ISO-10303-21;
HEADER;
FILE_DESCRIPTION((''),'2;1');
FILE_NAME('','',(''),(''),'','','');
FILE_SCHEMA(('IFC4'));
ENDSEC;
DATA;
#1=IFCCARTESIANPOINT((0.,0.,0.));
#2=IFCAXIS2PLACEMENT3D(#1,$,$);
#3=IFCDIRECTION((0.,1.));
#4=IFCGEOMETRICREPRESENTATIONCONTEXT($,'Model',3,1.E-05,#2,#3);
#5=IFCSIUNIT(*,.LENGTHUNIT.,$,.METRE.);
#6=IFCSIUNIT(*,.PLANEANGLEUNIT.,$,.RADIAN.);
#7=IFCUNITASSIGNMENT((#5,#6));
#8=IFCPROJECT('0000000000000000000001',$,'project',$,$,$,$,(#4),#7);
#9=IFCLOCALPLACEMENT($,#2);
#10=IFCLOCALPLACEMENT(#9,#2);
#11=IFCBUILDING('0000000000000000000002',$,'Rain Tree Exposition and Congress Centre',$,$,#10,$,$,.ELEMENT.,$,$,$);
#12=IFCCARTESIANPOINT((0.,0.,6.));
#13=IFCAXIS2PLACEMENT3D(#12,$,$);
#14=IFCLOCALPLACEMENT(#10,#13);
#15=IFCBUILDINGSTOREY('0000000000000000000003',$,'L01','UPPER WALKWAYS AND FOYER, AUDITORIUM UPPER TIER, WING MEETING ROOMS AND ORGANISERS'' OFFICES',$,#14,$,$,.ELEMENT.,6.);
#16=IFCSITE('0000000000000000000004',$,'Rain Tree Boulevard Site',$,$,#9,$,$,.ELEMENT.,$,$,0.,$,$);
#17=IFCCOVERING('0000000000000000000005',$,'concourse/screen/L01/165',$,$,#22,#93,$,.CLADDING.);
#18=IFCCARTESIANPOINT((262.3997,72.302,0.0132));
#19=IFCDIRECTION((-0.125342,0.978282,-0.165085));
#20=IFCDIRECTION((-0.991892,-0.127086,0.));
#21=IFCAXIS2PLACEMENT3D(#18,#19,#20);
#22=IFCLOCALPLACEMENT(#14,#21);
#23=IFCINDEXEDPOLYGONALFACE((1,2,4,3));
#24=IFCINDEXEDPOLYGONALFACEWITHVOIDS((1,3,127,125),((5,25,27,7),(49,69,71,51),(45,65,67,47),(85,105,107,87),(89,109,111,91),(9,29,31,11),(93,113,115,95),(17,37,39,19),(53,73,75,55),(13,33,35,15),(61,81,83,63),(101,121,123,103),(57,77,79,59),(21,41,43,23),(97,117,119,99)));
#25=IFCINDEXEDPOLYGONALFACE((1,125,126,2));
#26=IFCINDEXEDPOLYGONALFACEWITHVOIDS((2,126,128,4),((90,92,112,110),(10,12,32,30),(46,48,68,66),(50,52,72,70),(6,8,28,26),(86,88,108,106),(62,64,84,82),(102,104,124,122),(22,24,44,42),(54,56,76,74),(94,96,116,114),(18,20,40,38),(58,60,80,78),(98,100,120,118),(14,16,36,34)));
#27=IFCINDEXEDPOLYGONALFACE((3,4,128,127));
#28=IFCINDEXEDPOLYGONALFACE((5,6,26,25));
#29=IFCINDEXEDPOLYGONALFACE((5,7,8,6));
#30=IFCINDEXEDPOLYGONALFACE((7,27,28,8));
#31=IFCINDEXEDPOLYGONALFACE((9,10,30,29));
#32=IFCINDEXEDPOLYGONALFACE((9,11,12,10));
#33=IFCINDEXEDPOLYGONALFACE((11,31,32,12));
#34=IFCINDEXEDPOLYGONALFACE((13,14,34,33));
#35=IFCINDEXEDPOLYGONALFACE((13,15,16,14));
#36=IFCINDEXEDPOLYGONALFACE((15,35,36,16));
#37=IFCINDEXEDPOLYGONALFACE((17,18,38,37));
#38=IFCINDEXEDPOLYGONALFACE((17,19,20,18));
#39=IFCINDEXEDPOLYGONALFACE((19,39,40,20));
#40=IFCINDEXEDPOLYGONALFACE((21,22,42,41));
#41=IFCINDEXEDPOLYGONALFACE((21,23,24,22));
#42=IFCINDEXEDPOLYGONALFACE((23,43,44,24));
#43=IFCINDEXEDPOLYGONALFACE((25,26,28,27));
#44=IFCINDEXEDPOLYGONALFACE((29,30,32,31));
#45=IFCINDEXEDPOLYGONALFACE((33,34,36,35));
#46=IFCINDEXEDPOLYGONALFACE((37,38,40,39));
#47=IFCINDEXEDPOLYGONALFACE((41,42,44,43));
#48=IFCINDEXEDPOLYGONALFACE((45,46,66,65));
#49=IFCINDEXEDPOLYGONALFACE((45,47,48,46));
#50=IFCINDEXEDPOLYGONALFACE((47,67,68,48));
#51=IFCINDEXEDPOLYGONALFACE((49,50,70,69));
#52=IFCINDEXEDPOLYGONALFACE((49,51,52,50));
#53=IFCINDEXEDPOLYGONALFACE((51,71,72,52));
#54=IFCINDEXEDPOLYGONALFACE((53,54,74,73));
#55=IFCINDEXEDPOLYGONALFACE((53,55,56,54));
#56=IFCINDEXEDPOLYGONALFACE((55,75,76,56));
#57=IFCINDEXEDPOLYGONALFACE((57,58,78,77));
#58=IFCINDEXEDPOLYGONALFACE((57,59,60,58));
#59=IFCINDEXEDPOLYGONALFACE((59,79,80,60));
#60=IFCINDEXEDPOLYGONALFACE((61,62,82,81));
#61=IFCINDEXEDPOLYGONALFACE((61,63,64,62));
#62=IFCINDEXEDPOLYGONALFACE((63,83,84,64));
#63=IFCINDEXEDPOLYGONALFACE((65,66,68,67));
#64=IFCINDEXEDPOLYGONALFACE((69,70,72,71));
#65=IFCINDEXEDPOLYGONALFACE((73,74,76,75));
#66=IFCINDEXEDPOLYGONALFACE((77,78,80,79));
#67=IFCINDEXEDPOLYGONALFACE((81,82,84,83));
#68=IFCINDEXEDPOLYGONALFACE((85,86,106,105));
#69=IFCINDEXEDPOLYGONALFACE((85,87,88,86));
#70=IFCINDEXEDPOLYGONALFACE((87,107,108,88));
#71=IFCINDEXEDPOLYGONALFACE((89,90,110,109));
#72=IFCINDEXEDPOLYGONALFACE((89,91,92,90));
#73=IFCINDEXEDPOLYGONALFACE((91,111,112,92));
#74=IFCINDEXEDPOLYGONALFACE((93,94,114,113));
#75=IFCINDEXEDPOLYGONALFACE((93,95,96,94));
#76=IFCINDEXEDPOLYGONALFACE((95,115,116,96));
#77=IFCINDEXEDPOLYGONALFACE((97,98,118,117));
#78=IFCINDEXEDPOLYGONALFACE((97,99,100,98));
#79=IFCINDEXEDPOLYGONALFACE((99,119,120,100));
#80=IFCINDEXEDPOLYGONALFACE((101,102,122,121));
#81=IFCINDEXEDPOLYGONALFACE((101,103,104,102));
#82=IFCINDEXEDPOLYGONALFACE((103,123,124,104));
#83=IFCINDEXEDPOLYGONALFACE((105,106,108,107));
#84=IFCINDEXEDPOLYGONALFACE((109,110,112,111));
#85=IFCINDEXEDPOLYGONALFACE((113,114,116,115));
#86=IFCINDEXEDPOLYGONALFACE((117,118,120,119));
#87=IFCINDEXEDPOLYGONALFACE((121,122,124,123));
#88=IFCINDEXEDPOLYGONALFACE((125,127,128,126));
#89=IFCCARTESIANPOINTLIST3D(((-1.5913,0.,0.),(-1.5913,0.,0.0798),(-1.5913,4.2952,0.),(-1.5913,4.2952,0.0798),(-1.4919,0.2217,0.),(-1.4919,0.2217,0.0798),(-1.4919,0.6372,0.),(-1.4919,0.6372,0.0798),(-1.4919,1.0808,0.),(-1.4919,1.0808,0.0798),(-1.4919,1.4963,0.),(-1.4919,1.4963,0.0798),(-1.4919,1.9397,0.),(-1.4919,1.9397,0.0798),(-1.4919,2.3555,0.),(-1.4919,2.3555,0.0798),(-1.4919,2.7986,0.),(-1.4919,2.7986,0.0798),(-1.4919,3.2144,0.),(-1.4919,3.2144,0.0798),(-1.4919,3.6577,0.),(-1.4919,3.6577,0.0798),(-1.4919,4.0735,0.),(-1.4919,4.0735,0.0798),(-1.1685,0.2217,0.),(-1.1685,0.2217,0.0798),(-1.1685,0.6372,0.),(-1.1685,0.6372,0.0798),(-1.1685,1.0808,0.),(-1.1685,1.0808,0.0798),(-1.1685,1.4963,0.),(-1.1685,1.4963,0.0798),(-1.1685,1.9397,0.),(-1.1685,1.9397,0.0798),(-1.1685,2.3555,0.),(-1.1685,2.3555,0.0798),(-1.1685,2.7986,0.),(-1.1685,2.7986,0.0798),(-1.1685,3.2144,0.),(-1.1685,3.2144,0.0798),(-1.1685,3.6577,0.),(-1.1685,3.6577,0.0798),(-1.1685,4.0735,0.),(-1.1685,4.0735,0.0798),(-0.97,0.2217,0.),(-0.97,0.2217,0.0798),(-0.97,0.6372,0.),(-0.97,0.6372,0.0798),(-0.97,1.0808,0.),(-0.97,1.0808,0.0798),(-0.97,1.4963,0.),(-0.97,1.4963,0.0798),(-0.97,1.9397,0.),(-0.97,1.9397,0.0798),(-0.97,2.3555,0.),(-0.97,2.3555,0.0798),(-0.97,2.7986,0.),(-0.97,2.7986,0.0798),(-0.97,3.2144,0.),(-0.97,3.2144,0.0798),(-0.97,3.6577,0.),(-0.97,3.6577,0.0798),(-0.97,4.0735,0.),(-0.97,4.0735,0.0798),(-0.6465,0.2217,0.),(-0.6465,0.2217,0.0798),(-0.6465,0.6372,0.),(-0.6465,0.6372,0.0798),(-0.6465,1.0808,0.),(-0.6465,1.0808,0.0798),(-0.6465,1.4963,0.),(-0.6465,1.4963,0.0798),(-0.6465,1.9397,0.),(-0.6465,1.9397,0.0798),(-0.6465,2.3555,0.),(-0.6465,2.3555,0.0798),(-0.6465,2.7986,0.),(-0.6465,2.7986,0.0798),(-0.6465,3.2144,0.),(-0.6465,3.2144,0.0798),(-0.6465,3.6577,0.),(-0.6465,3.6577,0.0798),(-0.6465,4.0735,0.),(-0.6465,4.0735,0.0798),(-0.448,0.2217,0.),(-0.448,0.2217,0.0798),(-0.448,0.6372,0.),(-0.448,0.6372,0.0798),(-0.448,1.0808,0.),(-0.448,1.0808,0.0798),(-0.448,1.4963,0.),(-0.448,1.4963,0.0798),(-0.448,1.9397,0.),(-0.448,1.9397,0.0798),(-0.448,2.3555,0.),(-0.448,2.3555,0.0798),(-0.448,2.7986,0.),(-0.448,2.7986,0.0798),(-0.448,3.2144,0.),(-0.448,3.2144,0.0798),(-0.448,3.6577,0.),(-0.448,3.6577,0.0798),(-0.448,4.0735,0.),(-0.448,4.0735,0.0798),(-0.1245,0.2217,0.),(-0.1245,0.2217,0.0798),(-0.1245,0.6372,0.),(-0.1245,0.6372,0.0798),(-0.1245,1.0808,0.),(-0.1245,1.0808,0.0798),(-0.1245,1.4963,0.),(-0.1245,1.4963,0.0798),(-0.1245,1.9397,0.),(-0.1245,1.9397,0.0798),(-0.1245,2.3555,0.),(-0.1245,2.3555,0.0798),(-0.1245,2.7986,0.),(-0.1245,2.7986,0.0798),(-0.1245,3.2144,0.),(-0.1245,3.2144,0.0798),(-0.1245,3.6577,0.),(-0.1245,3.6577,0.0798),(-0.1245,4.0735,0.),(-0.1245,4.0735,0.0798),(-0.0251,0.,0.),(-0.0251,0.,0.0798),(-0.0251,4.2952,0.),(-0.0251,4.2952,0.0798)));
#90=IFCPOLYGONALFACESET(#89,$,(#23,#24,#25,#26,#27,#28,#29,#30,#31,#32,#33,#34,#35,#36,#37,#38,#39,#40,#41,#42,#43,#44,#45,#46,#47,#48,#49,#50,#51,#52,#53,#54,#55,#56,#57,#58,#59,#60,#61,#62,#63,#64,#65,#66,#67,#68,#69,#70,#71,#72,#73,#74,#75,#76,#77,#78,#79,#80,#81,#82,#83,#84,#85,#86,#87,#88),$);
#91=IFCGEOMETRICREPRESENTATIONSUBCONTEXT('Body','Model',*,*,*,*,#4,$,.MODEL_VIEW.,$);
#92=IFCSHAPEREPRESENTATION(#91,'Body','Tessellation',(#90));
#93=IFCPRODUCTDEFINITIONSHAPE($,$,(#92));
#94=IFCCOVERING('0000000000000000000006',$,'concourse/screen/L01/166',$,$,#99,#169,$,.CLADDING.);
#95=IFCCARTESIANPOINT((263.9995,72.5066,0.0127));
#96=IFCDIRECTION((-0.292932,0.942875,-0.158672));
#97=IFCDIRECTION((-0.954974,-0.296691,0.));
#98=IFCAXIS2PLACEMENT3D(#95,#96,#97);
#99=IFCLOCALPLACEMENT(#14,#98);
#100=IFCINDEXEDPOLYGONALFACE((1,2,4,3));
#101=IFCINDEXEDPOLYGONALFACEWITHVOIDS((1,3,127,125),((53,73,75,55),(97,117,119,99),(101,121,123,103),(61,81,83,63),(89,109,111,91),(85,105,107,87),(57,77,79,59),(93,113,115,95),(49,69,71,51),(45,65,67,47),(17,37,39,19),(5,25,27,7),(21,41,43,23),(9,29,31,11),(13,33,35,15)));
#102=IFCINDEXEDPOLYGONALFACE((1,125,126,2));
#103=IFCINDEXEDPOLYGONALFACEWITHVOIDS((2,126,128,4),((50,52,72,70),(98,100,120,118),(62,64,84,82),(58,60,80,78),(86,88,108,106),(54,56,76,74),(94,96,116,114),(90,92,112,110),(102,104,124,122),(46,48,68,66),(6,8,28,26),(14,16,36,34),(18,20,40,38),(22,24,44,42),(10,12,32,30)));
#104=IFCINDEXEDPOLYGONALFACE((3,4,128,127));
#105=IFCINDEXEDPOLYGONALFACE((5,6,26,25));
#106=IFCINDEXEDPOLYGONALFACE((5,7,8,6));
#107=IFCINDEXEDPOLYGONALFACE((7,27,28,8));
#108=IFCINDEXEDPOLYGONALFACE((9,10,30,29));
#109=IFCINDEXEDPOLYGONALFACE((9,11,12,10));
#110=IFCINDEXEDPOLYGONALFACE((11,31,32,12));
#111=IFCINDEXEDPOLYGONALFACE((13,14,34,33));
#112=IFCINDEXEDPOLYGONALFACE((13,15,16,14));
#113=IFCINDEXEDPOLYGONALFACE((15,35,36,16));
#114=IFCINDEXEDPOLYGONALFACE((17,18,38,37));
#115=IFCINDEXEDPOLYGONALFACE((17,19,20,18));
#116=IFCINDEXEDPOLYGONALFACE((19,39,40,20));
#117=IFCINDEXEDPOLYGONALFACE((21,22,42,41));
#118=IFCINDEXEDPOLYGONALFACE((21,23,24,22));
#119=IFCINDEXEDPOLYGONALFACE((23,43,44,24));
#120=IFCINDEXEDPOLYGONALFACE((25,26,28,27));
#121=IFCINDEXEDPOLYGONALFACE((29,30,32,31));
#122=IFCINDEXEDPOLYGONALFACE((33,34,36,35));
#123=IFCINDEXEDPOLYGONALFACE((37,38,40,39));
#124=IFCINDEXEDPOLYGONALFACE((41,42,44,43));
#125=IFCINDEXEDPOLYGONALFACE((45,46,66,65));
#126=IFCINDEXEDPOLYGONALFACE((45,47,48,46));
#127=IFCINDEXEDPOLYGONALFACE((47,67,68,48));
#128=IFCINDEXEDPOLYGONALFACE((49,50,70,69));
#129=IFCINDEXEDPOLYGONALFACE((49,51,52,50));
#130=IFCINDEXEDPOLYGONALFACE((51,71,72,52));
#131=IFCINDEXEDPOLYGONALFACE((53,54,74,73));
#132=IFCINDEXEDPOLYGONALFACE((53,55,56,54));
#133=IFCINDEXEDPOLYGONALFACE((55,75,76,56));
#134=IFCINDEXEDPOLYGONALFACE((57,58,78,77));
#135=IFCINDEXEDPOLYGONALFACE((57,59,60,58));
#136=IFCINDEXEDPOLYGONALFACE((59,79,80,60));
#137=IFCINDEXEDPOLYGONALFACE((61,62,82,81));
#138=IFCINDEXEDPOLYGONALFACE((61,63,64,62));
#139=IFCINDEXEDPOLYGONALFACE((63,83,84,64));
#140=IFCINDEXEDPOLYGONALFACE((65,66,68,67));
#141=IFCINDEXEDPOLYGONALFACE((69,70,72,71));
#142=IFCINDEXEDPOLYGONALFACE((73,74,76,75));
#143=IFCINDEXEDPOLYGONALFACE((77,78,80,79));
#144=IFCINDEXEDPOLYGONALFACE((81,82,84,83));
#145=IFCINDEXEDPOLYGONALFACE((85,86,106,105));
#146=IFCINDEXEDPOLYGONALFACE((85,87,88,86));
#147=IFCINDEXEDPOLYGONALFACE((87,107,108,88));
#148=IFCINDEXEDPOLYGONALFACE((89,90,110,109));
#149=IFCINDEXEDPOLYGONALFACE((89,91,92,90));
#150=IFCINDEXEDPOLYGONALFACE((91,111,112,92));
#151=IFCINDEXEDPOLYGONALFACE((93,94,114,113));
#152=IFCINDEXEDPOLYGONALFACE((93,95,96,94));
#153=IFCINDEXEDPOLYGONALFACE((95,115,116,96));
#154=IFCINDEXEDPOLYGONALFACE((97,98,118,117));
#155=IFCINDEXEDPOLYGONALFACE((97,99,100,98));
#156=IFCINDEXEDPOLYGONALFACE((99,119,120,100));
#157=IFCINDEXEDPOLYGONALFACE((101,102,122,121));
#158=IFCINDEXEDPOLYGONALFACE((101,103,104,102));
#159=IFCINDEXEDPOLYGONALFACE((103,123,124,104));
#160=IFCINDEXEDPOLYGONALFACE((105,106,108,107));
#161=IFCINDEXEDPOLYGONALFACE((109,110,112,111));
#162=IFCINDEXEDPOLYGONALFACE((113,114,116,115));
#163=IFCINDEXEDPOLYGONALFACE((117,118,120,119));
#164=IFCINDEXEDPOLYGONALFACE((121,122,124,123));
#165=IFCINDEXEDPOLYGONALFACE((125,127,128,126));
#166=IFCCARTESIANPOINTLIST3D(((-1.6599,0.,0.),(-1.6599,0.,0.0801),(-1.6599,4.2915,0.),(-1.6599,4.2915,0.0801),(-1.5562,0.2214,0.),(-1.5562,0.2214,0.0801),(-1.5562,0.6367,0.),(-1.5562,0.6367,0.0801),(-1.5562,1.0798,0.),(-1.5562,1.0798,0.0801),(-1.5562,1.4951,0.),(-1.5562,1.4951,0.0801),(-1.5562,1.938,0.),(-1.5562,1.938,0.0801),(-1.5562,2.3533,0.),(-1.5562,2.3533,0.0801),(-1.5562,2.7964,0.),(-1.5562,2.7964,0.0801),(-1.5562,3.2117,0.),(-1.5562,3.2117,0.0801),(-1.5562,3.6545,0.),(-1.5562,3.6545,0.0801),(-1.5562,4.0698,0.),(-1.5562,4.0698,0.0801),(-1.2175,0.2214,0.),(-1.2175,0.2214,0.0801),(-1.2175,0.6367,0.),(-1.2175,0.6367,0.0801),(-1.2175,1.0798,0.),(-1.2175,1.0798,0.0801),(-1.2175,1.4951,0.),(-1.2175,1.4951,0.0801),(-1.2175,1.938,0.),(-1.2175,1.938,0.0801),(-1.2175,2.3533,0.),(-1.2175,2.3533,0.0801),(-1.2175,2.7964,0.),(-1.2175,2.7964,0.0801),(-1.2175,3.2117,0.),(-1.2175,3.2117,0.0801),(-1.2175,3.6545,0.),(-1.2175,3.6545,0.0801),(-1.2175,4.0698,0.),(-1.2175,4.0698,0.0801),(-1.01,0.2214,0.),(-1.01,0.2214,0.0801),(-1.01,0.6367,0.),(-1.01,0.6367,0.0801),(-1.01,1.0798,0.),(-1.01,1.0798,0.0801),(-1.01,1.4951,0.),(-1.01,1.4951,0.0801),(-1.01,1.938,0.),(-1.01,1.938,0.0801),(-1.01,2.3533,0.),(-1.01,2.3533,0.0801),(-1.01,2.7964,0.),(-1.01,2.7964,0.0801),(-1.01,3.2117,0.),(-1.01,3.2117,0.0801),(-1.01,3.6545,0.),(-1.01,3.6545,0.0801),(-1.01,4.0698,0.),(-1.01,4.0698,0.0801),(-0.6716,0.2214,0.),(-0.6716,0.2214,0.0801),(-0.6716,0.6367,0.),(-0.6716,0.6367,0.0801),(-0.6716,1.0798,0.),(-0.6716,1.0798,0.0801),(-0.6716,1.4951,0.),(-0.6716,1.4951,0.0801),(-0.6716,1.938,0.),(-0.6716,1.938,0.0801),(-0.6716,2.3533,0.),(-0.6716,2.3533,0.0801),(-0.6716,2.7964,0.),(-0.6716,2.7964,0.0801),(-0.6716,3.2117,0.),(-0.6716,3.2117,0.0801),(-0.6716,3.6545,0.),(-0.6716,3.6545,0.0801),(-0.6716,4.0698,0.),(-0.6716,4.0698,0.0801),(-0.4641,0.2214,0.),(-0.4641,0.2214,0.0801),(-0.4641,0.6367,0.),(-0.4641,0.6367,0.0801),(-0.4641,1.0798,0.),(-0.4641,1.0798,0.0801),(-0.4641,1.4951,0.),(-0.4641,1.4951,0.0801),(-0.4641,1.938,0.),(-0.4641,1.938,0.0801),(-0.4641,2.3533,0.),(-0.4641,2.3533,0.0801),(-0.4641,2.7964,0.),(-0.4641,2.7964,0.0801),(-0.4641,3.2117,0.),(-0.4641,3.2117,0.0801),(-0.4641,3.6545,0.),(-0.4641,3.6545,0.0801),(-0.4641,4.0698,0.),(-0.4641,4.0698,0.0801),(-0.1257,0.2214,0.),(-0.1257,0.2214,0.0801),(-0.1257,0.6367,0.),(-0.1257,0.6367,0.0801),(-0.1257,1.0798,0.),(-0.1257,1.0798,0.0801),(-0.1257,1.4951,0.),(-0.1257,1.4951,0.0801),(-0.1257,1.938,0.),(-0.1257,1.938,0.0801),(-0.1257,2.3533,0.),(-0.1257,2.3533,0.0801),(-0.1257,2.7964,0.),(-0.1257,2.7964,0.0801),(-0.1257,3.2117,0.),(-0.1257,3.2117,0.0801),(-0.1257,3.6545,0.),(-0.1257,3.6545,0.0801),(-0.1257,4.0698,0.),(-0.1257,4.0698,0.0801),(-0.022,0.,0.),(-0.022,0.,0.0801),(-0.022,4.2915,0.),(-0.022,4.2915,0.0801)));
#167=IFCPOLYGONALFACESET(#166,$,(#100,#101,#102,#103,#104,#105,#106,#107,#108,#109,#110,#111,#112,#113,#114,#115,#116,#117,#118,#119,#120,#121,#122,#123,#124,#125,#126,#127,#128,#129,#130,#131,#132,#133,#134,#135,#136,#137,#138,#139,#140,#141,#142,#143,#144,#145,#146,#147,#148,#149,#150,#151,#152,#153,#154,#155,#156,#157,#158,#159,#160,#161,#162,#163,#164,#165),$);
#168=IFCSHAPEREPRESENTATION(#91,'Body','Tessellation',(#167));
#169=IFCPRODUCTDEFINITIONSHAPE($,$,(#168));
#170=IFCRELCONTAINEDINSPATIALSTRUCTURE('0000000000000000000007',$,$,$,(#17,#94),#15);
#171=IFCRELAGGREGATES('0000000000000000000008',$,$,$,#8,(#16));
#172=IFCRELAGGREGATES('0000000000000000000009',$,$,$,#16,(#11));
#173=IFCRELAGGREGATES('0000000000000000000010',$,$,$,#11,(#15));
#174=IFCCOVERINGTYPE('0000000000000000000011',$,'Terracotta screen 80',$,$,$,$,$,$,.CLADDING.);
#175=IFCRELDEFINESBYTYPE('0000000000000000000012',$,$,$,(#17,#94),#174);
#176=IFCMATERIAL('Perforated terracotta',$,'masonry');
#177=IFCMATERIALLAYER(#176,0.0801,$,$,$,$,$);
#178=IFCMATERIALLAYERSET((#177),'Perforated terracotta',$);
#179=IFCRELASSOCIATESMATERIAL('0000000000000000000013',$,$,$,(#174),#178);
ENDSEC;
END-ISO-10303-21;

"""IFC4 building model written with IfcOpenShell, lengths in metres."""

from ifc_helpers import new_model, si_unit, direction, frame, origin, place, context, subcontext, project, spatial, polyline, outline, extrude, material, layer, layer_set, type_object, element, save


model = new_model("IFC4")

# Units and contexts
model_context = context("Model", 3, precision=1e-05, world=origin(), true_north=direction((0.0, 1.0)))
body_context = subcontext(model_context, "Body", "Model", "MODEL_VIEW")
ifc_project = project(units=[si_unit("LENGTHUNIT", "METRE"), si_unit("PLANEANGLEUNIT", "RADIAN")], contexts=[model_context])

# Site, building, storey
site_placement = place(None, origin())
site = spatial("IfcSite", under=ifc_project, at=site_placement, Name="Rain Tree Boulevard Site", CompositionType="ELEMENT", RefElevation=0.0)
building_placement = place(site_placement, origin())
building = spatial("IfcBuilding", under=site, at=building_placement, Name="Rain Tree Exposition and Congress Centre", CompositionType="ELEMENT")
storey_placement = place(building_placement, frame((0.0, 0.0, 6.0)))
storey = spatial("IfcBuildingStorey", under=building, at=storey_placement, Name="L01", Description="UPPER WALKWAYS AND FOYER, AUDITORIUM UPPER TIER, WING MEETING ROOMS AND ORGANISERS' OFFICES", CompositionType="ELEMENT", Elevation=6.0)

# Coverings
ifc_material_1 = material(Name="Perforated terracotta", Category="masonry")
ifc_layer = layer(ifc_material_1, 0.0801)
ifc_layer_set = layer_set([ifc_layer], Name="Perforated terracotta")
covering_type = type_object("IfcCoveringType", Name="Terracotta screen 80", PredefinedType="CLADDING", material=ifc_layer_set)
covering_1_placement = place(storey_placement, frame((262.3997, 72.302, 0.0132), z_axis=(-0.125342, 0.978282, -0.165085), x_axis=(-0.991892, -0.127086, 0.0)))
element("IfcCovering", 1, at=covering_1_placement, inside=storey, type_object=covering_type, Name="concourse/screen/L01/165", PredefinedType="CLADDING", context=body_context, shape_type="SweptSolid", body=[
    extrude(outline(polyline([(-1.5913, 0.0), (-1.5913, 4.2952), (-0.0251, 4.2952), (-0.0251, 0.0), (-1.5913, 0.0)]), holes=[polyline([(-0.1245, 0.2217), (-0.1245, 0.6372), (-0.448, 0.6372), (-0.448, 0.2217), (-0.1245, 0.2217)]), polyline([(-0.1245, 1.0808), (-0.1245, 1.4963), (-0.448, 1.4963), (-0.448, 1.0808), (-0.1245, 1.0808)]), polyline([(-0.1245, 1.9397), (-0.1245, 2.3555), (-0.448, 2.3555), (-0.448, 1.9397), (-0.1245, 1.9397)]), polyline([(-0.1245, 2.7986), (-0.1245, 3.2144), (-0.448, 3.2144), (-0.448, 2.7986), (-0.1245, 2.7986)]), polyline([(-0.1245, 3.6577), (-0.1245, 4.0735), (-0.448, 4.0735), (-0.448, 3.6577), (-0.1245, 3.6577)]), polyline([(-0.6465, 0.2217), (-0.6465, 0.6372), (-0.97, 0.6372), (-0.97, 0.2217), (-0.6465, 0.2217)]), polyline([(-0.6465, 1.0808), (-0.6465, 1.4963), (-0.97, 1.4963), (-0.97, 1.0808), (-0.6465, 1.0808)]), polyline([(-0.6465, 1.9397), (-0.6465, 2.3555), (-0.97, 2.3555), (-0.97, 1.9397), (-0.6465, 1.9397)]), polyline([(-0.6465, 2.7986), (-0.6465, 3.2144), (-0.97, 3.2144), (-0.97, 2.7986), (-0.6465, 2.7986)]), polyline([(-0.6465, 3.6577), (-0.6465, 4.0735), (-0.97, 4.0735), (-0.97, 3.6577), (-0.6465, 3.6577)]), polyline([(-1.1685, 0.2217), (-1.1685, 0.6372), (-1.4919, 0.6372), (-1.4919, 0.2217), (-1.1685, 0.2217)]), polyline([(-1.1685, 1.0808), (-1.1685, 1.4963), (-1.4919, 1.4963), (-1.4919, 1.0808), (-1.1685, 1.0808)]), polyline([(-1.1685, 1.9397), (-1.1685, 2.3555), (-1.4919, 2.3555), (-1.4919, 1.9397), (-1.1685, 1.9397)]), polyline([(-1.1685, 2.7986), (-1.1685, 3.2144), (-1.4919, 3.2144), (-1.4919, 2.7986), (-1.1685, 2.7986)]), polyline([(-1.1685, 3.6577), (-1.1685, 4.0735), (-1.4919, 4.0735), (-1.4919, 3.6577), (-1.1685, 3.6577)])]), origin(), (0.0, 0.0, 1.0), 0.0798),
])
covering_2_placement = place(storey_placement, frame((263.9995, 72.5066, 0.0127), z_axis=(-0.292932, 0.942875, -0.158672), x_axis=(-0.954974, -0.296691, 0.0)))
element("IfcCovering", 2, at=covering_2_placement, inside=storey, type_object=covering_type, Name="concourse/screen/L01/166", PredefinedType="CLADDING", context=body_context, shape_type="SweptSolid", body=[
    extrude(outline(polyline([(-1.6599, 0.0), (-1.6599, 4.2915), (-0.022, 4.2915), (-0.022, 0.0), (-1.6599, 0.0)]), holes=[polyline([(-0.1257, 0.2214), (-0.1257, 0.6367), (-0.4641, 0.6367), (-0.4641, 0.2214), (-0.1257, 0.2214)]), polyline([(-0.1257, 1.0798), (-0.1257, 1.4951), (-0.4641, 1.4951), (-0.4641, 1.0798), (-0.1257, 1.0798)]), polyline([(-0.1257, 1.938), (-0.1257, 2.3533), (-0.4641, 2.3533), (-0.4641, 1.938), (-0.1257, 1.938)]), polyline([(-0.1257, 2.7964), (-0.1257, 3.2117), (-0.4641, 3.2117), (-0.4641, 2.7964), (-0.1257, 2.7964)]), polyline([(-0.1257, 3.6545), (-0.1257, 4.0698), (-0.4641, 4.0698), (-0.4641, 3.6545), (-0.1257, 3.6545)]), polyline([(-0.6716, 0.2214), (-0.6716, 0.6367), (-1.01, 0.6367), (-1.01, 0.2214), (-0.6716, 0.2214)]), polyline([(-0.6716, 1.0798), (-0.6716, 1.4951), (-1.01, 1.4951), (-1.01, 1.0798), (-0.6716, 1.0798)]), polyline([(-0.6716, 1.938), (-0.6716, 2.3533), (-1.01, 2.3533), (-1.01, 1.938), (-0.6716, 1.938)]), polyline([(-0.6716, 2.7964), (-0.6716, 3.2117), (-1.01, 3.2117), (-1.01, 2.7964), (-0.6716, 2.7964)]), polyline([(-0.6716, 3.6545), (-0.6716, 4.0698), (-1.01, 4.0698), (-1.01, 3.6545), (-0.6716, 3.6545)]), polyline([(-1.2175, 0.2214), (-1.2175, 0.6367), (-1.5562, 0.6367), (-1.5562, 0.2214), (-1.2175, 0.2214)]), polyline([(-1.2175, 1.0798), (-1.2175, 1.4951), (-1.5562, 1.4951), (-1.5562, 1.0798), (-1.2175, 1.0798)]), polyline([(-1.2175, 1.938), (-1.2175, 2.3533), (-1.5562, 2.3533), (-1.5562, 1.938), (-1.2175, 1.938)]), polyline([(-1.2175, 2.7964), (-1.2175, 3.2117), (-1.5562, 3.2117), (-1.5562, 2.7964), (-1.2175, 2.7964)]), polyline([(-1.2175, 3.6545), (-1.2175, 4.0698), (-1.5562, 4.0698), (-1.5562, 3.6545), (-1.2175, 3.6545)])]), origin(), (0.0, 0.0, 1.0), 0.0801),
])

save(model, "model.ifc")
